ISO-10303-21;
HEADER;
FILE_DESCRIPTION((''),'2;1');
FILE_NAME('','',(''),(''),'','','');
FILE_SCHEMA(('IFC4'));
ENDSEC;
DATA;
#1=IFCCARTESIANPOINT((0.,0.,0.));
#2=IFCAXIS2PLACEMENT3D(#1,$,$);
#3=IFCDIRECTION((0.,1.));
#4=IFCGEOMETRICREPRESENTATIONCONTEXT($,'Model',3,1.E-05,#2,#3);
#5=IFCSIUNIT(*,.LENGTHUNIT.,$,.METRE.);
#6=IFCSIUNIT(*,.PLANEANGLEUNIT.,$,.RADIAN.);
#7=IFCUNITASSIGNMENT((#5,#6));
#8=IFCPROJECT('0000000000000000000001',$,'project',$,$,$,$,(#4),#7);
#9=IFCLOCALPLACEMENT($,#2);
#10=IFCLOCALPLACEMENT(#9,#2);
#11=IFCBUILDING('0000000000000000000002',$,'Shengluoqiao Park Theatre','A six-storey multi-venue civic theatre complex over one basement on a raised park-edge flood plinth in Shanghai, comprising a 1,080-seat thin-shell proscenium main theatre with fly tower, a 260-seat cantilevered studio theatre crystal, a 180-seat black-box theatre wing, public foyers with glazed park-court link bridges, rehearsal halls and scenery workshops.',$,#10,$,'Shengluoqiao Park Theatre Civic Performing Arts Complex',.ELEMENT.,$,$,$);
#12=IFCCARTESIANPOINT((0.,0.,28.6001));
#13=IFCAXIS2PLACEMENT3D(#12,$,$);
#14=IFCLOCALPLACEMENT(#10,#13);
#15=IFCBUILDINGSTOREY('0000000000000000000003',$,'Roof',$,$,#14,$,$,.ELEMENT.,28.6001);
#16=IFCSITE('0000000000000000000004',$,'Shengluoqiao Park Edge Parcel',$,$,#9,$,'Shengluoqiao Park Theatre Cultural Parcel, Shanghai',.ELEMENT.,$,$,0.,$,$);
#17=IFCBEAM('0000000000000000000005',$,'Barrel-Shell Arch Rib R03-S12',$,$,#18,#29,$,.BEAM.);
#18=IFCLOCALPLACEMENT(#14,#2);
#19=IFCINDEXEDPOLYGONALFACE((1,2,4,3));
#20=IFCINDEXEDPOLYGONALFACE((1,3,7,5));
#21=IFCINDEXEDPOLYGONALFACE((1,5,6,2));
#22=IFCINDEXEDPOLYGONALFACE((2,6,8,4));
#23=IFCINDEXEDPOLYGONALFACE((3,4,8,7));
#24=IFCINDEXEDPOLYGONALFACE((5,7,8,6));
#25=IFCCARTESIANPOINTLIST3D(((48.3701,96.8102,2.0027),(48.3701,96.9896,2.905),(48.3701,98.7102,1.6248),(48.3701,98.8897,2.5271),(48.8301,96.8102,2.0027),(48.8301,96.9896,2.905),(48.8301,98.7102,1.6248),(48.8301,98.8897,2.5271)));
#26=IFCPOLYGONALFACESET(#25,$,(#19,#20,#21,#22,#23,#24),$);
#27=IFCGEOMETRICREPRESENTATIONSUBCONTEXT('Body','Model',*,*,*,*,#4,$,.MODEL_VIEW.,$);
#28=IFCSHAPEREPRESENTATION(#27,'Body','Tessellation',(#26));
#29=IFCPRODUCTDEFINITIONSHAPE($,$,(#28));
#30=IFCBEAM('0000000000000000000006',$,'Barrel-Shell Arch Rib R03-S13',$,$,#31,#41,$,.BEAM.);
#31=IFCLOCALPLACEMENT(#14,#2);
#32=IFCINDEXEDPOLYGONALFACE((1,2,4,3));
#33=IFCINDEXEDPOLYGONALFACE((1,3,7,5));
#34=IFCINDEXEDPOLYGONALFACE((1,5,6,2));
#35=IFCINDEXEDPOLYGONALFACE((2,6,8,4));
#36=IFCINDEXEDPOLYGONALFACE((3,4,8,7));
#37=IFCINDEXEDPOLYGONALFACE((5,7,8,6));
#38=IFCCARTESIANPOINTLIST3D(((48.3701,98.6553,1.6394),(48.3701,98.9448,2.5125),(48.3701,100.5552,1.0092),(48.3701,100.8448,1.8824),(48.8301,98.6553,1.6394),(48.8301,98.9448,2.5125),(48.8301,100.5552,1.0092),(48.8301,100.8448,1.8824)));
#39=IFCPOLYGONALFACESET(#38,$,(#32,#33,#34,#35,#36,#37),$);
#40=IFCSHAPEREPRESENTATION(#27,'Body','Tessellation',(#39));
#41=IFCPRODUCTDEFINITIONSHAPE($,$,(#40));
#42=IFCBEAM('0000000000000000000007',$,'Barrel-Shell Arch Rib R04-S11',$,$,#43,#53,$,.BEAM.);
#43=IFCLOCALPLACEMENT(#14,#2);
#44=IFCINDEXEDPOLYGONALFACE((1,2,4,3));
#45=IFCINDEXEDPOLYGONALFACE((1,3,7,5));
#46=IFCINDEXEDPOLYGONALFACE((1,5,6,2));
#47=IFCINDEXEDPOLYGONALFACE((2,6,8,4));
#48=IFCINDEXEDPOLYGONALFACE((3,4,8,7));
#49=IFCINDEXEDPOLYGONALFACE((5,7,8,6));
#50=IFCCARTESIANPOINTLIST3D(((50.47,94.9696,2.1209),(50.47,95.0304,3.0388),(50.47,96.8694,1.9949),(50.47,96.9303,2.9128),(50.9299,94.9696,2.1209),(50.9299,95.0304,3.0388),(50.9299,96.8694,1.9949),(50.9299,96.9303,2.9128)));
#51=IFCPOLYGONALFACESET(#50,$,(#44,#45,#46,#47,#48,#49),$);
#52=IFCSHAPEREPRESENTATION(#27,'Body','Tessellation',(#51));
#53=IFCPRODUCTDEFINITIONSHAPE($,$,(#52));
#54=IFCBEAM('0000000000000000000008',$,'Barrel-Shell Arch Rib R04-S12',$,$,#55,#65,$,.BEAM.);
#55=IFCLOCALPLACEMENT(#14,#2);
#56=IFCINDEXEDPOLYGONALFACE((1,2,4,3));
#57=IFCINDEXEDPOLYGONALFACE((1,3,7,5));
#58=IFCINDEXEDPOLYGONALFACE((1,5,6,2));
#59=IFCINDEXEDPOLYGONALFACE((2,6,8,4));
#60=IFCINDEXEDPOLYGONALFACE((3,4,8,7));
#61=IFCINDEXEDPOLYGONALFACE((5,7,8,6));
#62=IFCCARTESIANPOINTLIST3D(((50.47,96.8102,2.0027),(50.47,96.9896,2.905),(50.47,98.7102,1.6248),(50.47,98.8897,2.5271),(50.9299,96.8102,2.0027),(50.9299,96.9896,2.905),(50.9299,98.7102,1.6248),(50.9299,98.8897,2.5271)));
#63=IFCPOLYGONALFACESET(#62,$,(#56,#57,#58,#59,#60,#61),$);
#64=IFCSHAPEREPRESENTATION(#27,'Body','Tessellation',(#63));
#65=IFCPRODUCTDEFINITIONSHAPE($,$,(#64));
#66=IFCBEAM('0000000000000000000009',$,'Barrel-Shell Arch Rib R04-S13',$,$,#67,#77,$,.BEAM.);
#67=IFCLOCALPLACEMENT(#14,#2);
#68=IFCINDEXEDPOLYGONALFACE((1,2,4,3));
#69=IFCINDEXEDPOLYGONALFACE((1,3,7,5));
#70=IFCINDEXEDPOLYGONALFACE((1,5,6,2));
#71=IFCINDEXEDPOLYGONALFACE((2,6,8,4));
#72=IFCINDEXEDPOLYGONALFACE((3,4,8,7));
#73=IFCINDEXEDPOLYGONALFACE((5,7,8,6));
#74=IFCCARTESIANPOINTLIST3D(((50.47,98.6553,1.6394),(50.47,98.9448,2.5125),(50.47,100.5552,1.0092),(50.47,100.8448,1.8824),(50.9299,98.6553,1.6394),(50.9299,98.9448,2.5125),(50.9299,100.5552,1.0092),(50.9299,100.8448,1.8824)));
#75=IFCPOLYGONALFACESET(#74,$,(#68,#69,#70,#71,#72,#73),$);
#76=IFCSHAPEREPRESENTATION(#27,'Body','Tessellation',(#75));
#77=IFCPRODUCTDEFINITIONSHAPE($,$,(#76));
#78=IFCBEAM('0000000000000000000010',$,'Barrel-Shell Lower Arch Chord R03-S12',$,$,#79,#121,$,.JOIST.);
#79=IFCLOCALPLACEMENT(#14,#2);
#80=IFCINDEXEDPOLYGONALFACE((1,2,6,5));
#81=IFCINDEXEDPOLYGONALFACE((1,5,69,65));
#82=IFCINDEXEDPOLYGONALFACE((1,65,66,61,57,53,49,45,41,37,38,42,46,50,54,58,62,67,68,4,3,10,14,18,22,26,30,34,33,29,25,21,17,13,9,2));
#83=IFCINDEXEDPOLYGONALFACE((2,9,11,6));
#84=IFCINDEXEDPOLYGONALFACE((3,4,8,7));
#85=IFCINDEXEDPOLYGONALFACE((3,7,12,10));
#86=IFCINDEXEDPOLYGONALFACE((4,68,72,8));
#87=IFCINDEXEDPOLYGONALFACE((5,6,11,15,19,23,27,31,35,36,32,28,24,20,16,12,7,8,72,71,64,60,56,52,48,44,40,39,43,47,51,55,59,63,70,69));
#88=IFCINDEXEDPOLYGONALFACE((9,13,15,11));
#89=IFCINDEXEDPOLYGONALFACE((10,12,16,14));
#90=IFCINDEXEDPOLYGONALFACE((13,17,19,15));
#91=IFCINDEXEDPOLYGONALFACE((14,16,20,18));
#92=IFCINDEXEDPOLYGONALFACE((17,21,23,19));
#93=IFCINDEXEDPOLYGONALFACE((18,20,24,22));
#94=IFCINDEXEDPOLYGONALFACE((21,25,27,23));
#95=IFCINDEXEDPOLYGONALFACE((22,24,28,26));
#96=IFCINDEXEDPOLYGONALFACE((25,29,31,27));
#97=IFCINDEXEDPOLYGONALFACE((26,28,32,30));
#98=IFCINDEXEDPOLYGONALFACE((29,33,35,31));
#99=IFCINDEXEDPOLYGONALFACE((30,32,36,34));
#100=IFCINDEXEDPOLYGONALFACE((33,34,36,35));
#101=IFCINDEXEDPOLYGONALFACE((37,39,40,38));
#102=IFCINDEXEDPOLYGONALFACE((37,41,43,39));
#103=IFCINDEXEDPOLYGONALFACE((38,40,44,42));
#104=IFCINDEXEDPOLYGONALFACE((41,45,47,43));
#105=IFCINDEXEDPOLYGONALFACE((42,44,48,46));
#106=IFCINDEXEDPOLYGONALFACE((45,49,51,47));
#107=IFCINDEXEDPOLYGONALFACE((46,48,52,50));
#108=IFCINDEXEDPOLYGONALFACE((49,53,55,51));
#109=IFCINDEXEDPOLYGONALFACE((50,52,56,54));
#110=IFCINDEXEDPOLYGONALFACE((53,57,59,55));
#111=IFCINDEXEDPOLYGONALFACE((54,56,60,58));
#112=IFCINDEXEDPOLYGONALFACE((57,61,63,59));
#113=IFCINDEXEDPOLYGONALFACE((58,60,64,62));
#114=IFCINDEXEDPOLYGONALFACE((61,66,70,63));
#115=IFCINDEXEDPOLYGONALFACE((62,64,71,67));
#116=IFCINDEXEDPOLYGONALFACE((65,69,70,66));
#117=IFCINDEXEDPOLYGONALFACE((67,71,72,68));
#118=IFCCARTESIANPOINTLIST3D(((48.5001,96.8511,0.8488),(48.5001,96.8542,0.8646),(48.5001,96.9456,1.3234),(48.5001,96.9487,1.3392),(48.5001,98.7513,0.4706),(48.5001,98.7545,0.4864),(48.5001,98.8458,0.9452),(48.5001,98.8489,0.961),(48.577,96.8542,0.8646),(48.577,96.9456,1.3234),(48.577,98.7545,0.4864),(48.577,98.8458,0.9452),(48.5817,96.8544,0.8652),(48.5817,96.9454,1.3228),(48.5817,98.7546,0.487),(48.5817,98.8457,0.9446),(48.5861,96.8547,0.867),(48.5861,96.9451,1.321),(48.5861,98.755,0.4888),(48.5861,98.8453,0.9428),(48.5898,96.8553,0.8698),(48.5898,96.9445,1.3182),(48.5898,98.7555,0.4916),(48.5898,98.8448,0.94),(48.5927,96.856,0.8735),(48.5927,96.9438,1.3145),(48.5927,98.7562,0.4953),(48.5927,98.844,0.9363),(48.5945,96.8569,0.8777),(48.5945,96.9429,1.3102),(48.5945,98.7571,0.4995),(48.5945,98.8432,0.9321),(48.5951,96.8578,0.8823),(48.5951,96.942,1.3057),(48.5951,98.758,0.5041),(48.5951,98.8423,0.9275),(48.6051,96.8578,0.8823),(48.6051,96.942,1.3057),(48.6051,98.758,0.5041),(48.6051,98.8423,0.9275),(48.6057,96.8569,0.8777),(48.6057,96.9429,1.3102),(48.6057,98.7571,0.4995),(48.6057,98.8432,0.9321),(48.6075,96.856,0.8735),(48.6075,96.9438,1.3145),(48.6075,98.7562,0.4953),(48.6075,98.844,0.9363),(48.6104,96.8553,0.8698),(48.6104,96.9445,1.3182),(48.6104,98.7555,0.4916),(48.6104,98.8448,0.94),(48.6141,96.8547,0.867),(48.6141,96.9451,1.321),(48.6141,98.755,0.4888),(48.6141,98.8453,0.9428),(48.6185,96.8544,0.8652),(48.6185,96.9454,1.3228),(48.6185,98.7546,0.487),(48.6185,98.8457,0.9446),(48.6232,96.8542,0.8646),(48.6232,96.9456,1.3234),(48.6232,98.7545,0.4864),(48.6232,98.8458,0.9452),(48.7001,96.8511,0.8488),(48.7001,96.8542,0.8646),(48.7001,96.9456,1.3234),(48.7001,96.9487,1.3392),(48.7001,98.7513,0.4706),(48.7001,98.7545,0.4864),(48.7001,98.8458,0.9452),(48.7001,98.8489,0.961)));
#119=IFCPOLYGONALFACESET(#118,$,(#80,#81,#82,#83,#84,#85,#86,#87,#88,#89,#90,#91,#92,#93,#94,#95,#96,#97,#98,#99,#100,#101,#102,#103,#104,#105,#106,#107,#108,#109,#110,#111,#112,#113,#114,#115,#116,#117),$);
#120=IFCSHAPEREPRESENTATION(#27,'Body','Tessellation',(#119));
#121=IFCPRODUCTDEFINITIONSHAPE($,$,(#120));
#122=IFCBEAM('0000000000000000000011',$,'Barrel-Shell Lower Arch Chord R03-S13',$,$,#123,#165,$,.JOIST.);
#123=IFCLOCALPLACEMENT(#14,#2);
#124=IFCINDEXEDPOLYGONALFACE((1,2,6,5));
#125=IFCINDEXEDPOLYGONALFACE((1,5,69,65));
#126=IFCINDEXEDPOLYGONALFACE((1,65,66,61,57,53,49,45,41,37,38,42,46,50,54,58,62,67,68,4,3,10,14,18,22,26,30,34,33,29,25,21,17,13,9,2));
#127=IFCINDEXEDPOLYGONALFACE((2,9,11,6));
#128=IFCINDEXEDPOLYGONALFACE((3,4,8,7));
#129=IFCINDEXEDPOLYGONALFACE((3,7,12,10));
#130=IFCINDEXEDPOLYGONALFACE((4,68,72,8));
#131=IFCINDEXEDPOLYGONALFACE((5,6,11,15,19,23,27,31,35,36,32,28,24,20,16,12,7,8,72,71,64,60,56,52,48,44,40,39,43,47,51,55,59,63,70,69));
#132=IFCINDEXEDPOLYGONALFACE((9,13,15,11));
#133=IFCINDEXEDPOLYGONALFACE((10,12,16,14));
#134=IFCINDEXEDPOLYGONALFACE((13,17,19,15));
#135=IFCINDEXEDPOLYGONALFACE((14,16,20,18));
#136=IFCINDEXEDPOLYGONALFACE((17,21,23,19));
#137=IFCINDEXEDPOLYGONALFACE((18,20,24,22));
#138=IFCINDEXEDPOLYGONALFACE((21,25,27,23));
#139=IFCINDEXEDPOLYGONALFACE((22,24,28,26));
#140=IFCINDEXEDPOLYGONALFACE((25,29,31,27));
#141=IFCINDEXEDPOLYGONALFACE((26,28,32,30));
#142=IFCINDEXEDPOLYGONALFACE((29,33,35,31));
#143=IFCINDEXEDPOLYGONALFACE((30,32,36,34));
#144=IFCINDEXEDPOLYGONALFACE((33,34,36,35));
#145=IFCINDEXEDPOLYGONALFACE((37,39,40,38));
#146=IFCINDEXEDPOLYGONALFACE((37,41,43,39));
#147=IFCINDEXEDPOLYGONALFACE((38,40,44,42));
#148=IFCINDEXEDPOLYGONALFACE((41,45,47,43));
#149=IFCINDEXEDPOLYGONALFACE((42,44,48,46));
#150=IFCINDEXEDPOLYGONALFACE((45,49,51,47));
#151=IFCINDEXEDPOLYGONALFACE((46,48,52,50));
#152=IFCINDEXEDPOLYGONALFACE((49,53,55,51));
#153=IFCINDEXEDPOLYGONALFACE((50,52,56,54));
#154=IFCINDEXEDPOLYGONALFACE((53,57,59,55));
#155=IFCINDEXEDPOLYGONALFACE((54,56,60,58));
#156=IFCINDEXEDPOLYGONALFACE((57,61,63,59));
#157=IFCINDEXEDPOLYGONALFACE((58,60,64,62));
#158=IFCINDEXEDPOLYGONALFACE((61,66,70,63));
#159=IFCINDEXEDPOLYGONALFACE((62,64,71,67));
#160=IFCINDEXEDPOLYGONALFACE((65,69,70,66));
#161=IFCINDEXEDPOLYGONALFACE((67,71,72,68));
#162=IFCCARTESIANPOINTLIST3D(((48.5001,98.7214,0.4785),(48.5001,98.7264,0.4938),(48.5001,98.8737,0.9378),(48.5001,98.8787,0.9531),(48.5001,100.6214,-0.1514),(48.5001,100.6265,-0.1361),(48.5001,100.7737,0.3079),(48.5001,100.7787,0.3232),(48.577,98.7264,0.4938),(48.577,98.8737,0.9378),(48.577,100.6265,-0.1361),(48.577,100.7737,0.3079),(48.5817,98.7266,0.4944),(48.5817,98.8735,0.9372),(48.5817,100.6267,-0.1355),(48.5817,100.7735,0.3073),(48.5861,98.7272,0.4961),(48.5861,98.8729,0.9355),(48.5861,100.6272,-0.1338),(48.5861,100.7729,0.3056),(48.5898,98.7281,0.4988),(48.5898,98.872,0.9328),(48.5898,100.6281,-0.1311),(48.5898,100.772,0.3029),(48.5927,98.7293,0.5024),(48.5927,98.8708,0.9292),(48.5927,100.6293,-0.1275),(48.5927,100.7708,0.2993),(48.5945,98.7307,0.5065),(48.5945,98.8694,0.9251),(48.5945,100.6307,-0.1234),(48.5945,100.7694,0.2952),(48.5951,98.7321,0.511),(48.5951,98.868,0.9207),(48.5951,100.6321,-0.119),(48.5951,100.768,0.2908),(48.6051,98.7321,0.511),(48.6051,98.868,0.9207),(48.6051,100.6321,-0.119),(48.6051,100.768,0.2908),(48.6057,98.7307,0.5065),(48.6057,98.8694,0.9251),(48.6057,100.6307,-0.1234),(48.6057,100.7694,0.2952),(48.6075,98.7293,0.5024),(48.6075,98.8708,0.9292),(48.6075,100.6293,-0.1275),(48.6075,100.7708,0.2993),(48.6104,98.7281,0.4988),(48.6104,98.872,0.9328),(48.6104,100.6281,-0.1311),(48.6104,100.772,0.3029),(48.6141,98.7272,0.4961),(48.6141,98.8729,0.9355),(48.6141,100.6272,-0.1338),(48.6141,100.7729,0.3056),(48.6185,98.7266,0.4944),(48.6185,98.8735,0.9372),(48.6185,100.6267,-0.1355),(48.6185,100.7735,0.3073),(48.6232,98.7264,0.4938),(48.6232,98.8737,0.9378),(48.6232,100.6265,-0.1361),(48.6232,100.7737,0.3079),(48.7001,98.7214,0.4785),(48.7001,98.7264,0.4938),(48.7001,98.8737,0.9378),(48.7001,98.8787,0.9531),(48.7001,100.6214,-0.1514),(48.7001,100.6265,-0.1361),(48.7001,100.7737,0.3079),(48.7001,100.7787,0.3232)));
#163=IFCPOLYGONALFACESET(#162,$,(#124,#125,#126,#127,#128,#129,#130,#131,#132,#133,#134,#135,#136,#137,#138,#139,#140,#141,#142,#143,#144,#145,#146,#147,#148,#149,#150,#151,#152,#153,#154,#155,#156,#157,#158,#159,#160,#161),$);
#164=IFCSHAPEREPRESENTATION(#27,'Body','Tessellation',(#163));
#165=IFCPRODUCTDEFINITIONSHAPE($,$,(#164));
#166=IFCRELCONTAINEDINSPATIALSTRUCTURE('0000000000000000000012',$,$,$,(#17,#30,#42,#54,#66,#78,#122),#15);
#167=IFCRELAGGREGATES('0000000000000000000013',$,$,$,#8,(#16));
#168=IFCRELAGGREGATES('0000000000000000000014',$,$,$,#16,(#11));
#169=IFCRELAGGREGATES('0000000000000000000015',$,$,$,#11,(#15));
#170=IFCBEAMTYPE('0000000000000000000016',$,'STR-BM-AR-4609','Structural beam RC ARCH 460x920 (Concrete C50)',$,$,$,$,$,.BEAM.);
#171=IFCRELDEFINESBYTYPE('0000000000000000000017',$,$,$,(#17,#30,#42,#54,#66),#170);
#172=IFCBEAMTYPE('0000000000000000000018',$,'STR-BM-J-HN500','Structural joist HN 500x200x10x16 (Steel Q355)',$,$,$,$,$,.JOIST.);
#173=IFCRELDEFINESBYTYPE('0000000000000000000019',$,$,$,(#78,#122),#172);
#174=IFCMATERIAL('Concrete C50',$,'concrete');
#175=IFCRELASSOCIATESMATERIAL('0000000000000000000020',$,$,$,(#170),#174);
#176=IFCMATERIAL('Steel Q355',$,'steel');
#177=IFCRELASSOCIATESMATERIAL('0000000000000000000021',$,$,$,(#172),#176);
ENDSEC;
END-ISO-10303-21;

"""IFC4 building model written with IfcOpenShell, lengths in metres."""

from ifc_helpers import new_model, si_unit, direction, frame, origin, origin_2d, place, context, subcontext, project, spatial, rectangle, i_section, extrude, material, material_profile, profile_set, type_object, element, save


model = new_model("IFC4")

# Units and contexts
model_context = context("Model", 3, precision=1e-05, world=origin(), true_north=direction((0.0, 1.0)))
body_context = subcontext(model_context, "Body", "Model", "MODEL_VIEW")
ifc_project = project(units=[si_unit("LENGTHUNIT", "METRE"), si_unit("PLANEANGLEUNIT", "RADIAN")], contexts=[model_context])

# Site, building, storey
site_placement = place(None, origin())
site = spatial("IfcSite", under=ifc_project, at=site_placement, Name="Shengluoqiao Park Edge Parcel", LongName="Shengluoqiao Park Theatre Cultural Parcel, Shanghai", CompositionType="ELEMENT", RefElevation=0.0)
building_placement = place(site_placement, origin())
building = spatial("IfcBuilding", under=site, at=building_placement, Name="Shengluoqiao Park Theatre", Description="A six-storey multi-venue civic theatre complex over one basement on a raised park-edge flood plinth in Shanghai, comprising a 1,080-seat thin-shell proscenium main theatre with fly tower, a 260-seat cantilevered studio theatre crystal, a 180-seat black-box theatre wing, public foyers with glazed park-court link bridges, rehearsal halls and scenery workshops.", LongName="Shengluoqiao Park Theatre Civic Performing Arts Complex", CompositionType="ELEMENT")
storey_placement = place(building_placement, frame((0.0, 0.0, 28.6001)))
storey = spatial("IfcBuildingStorey", under=building, at=storey_placement, Name="Roof", CompositionType="ELEMENT", Elevation=28.6001)

# Beams
ifc_material_1 = material(Name="Concrete C50", Category="concrete")
ifc_material_profile_1 = material_profile(ifc_material_1, rectangle(XDim=0.46, YDim=0.9199, at=origin_2d()), Name="RC ARCH 460x920")
ifc_profile_set_1 = profile_set([ifc_material_profile_1], Name="Concrete C50")
beam_type_1 = type_object("IfcBeamType", Name="STR-BM-AR-4609", Description="Structural beam RC ARCH 460x920 (Concrete C50)", PredefinedType="BEAM", material=ifc_profile_set_1)
beam_1_placement = place(storey_placement, frame((48.6001, 96.8999, 2.4539), z_axis=(0.0, 0.980789, -0.195074), x_axis=(-1.0, 0.0, 0.0)))
element("IfcBeam", 1, at=beam_1_placement, inside=storey, type_object=beam_type_1, Name="Barrel-Shell Arch Rib R03-S12", PredefinedType="BEAM", context=body_context, shape_type="SweptSolid", body=[
    extrude(rectangle(XDim=0.46, YDim=0.9199, at=origin_2d()), origin(), (0.0, 0.0, 1.0), 1.9373),
])
beam_2_placement = place(storey_placement, frame((48.6001, 98.8, 2.0759), z_axis=(0.0, 0.949158, -0.3148), x_axis=(-1.0, 0.0, 0.0)))
element("IfcBeam", 2, at=beam_2_placement, inside=storey, type_object=beam_type_1, Name="Barrel-Shell Arch Rib R03-S13", PredefinedType="BEAM", context=body_context, shape_type="SweptSolid", body=[
    extrude(rectangle(XDim=0.46, YDim=0.9199, at=origin_2d()), origin(), (0.0, 0.0, 1.0), 2.0017),
])
beam_3_placement = place(storey_placement, frame((50.7, 95.0, 2.5798), z_axis=(0.0, 0.997809, -0.066162), x_axis=(-1.0, 0.0, 0.0)))
element("IfcBeam", 3, at=beam_3_placement, inside=storey, type_object=beam_type_1, Name="Barrel-Shell Arch Rib R04-S11", PredefinedType="BEAM", context=body_context, shape_type="SweptSolid", body=[
    extrude(rectangle(XDim=0.46, YDim=0.9199, at=origin_2d()), origin(), (0.0, 0.0, 1.0), 1.9041),
])
beam_4_placement = place(storey_placement, frame((50.7, 96.8999, 2.4539), z_axis=(0.0, 0.980789, -0.195074), x_axis=(-1.0, 0.0, 0.0)))
element("IfcBeam", 4, at=beam_4_placement, inside=storey, type_object=beam_type_1, Name="Barrel-Shell Arch Rib R04-S12", PredefinedType="BEAM", context=body_context, shape_type="SweptSolid", body=[
    extrude(rectangle(XDim=0.46, YDim=0.9199, at=origin_2d()), origin(), (0.0, 0.0, 1.0), 1.9373),
])
beam_5_placement = place(storey_placement, frame((50.7, 98.8, 2.0759), z_axis=(0.0, 0.949158, -0.3148), x_axis=(-1.0, 0.0, 0.0)))
element("IfcBeam", 5, at=beam_5_placement, inside=storey, type_object=beam_type_1, Name="Barrel-Shell Arch Rib R04-S13", PredefinedType="BEAM", context=body_context, shape_type="SweptSolid", body=[
    extrude(rectangle(XDim=0.46, YDim=0.9199, at=origin_2d()), origin(), (0.0, 0.0, 1.0), 2.0017),
])
ifc_material_2 = material(Name="Steel Q355", Category="steel")
ifc_material_profile_2 = material_profile(ifc_material_2, i_section(OverallWidth=0.2, OverallDepth=0.5, WebThickness=0.01, FlangeThickness=0.0161, FilletRadius=0.0181, at=origin_2d()), Name="HN 500x200x10x16")
ifc_profile_set_2 = profile_set([ifc_material_profile_2], Name="Steel Q355")
beam_type_2 = type_object("IfcBeamType", Name="STR-BM-J-HN500", Description="Structural joist HN 500x200x10x16 (Steel Q355)", PredefinedType="JOIST", material=ifc_profile_set_2)
beam_6_placement = place(storey_placement, frame((48.6001, 96.8999, 1.094), z_axis=(0.0, 0.980764, -0.195195), x_axis=(-1.0, 0.0, 0.0)))
element("IfcBeam", 6, at=beam_6_placement, inside=storey, type_object=beam_type_2, Name="Barrel-Shell Lower Arch Chord R03-S12", PredefinedType="JOIST", context=body_context, shape_type="SweptSolid", body=[
    extrude(i_section(OverallWidth=0.2, OverallDepth=0.5, WebThickness=0.01, FlangeThickness=0.0161, FilletRadius=0.0181, at=origin_2d()), origin(), (0.0, 0.0, 1.0), 1.9375),
])
beam_7_placement = place(storey_placement, frame((48.6001, 98.8, 0.7158), z_axis=(0.0, 0.949194, -0.31469), x_axis=(-1.0, 0.0, 0.0)))
element("IfcBeam", 7, at=beam_7_placement, inside=storey, type_object=beam_type_2, Name="Barrel-Shell Lower Arch Chord R03-S13", PredefinedType="JOIST", context=body_context, shape_type="SweptSolid", body=[
    extrude(i_section(OverallWidth=0.2, OverallDepth=0.5, WebThickness=0.01, FlangeThickness=0.0161, FilletRadius=0.0181, at=origin_2d()), origin(), (0.0, 0.0, 1.0), 2.0017),
])

save(model, "model.ifc")
